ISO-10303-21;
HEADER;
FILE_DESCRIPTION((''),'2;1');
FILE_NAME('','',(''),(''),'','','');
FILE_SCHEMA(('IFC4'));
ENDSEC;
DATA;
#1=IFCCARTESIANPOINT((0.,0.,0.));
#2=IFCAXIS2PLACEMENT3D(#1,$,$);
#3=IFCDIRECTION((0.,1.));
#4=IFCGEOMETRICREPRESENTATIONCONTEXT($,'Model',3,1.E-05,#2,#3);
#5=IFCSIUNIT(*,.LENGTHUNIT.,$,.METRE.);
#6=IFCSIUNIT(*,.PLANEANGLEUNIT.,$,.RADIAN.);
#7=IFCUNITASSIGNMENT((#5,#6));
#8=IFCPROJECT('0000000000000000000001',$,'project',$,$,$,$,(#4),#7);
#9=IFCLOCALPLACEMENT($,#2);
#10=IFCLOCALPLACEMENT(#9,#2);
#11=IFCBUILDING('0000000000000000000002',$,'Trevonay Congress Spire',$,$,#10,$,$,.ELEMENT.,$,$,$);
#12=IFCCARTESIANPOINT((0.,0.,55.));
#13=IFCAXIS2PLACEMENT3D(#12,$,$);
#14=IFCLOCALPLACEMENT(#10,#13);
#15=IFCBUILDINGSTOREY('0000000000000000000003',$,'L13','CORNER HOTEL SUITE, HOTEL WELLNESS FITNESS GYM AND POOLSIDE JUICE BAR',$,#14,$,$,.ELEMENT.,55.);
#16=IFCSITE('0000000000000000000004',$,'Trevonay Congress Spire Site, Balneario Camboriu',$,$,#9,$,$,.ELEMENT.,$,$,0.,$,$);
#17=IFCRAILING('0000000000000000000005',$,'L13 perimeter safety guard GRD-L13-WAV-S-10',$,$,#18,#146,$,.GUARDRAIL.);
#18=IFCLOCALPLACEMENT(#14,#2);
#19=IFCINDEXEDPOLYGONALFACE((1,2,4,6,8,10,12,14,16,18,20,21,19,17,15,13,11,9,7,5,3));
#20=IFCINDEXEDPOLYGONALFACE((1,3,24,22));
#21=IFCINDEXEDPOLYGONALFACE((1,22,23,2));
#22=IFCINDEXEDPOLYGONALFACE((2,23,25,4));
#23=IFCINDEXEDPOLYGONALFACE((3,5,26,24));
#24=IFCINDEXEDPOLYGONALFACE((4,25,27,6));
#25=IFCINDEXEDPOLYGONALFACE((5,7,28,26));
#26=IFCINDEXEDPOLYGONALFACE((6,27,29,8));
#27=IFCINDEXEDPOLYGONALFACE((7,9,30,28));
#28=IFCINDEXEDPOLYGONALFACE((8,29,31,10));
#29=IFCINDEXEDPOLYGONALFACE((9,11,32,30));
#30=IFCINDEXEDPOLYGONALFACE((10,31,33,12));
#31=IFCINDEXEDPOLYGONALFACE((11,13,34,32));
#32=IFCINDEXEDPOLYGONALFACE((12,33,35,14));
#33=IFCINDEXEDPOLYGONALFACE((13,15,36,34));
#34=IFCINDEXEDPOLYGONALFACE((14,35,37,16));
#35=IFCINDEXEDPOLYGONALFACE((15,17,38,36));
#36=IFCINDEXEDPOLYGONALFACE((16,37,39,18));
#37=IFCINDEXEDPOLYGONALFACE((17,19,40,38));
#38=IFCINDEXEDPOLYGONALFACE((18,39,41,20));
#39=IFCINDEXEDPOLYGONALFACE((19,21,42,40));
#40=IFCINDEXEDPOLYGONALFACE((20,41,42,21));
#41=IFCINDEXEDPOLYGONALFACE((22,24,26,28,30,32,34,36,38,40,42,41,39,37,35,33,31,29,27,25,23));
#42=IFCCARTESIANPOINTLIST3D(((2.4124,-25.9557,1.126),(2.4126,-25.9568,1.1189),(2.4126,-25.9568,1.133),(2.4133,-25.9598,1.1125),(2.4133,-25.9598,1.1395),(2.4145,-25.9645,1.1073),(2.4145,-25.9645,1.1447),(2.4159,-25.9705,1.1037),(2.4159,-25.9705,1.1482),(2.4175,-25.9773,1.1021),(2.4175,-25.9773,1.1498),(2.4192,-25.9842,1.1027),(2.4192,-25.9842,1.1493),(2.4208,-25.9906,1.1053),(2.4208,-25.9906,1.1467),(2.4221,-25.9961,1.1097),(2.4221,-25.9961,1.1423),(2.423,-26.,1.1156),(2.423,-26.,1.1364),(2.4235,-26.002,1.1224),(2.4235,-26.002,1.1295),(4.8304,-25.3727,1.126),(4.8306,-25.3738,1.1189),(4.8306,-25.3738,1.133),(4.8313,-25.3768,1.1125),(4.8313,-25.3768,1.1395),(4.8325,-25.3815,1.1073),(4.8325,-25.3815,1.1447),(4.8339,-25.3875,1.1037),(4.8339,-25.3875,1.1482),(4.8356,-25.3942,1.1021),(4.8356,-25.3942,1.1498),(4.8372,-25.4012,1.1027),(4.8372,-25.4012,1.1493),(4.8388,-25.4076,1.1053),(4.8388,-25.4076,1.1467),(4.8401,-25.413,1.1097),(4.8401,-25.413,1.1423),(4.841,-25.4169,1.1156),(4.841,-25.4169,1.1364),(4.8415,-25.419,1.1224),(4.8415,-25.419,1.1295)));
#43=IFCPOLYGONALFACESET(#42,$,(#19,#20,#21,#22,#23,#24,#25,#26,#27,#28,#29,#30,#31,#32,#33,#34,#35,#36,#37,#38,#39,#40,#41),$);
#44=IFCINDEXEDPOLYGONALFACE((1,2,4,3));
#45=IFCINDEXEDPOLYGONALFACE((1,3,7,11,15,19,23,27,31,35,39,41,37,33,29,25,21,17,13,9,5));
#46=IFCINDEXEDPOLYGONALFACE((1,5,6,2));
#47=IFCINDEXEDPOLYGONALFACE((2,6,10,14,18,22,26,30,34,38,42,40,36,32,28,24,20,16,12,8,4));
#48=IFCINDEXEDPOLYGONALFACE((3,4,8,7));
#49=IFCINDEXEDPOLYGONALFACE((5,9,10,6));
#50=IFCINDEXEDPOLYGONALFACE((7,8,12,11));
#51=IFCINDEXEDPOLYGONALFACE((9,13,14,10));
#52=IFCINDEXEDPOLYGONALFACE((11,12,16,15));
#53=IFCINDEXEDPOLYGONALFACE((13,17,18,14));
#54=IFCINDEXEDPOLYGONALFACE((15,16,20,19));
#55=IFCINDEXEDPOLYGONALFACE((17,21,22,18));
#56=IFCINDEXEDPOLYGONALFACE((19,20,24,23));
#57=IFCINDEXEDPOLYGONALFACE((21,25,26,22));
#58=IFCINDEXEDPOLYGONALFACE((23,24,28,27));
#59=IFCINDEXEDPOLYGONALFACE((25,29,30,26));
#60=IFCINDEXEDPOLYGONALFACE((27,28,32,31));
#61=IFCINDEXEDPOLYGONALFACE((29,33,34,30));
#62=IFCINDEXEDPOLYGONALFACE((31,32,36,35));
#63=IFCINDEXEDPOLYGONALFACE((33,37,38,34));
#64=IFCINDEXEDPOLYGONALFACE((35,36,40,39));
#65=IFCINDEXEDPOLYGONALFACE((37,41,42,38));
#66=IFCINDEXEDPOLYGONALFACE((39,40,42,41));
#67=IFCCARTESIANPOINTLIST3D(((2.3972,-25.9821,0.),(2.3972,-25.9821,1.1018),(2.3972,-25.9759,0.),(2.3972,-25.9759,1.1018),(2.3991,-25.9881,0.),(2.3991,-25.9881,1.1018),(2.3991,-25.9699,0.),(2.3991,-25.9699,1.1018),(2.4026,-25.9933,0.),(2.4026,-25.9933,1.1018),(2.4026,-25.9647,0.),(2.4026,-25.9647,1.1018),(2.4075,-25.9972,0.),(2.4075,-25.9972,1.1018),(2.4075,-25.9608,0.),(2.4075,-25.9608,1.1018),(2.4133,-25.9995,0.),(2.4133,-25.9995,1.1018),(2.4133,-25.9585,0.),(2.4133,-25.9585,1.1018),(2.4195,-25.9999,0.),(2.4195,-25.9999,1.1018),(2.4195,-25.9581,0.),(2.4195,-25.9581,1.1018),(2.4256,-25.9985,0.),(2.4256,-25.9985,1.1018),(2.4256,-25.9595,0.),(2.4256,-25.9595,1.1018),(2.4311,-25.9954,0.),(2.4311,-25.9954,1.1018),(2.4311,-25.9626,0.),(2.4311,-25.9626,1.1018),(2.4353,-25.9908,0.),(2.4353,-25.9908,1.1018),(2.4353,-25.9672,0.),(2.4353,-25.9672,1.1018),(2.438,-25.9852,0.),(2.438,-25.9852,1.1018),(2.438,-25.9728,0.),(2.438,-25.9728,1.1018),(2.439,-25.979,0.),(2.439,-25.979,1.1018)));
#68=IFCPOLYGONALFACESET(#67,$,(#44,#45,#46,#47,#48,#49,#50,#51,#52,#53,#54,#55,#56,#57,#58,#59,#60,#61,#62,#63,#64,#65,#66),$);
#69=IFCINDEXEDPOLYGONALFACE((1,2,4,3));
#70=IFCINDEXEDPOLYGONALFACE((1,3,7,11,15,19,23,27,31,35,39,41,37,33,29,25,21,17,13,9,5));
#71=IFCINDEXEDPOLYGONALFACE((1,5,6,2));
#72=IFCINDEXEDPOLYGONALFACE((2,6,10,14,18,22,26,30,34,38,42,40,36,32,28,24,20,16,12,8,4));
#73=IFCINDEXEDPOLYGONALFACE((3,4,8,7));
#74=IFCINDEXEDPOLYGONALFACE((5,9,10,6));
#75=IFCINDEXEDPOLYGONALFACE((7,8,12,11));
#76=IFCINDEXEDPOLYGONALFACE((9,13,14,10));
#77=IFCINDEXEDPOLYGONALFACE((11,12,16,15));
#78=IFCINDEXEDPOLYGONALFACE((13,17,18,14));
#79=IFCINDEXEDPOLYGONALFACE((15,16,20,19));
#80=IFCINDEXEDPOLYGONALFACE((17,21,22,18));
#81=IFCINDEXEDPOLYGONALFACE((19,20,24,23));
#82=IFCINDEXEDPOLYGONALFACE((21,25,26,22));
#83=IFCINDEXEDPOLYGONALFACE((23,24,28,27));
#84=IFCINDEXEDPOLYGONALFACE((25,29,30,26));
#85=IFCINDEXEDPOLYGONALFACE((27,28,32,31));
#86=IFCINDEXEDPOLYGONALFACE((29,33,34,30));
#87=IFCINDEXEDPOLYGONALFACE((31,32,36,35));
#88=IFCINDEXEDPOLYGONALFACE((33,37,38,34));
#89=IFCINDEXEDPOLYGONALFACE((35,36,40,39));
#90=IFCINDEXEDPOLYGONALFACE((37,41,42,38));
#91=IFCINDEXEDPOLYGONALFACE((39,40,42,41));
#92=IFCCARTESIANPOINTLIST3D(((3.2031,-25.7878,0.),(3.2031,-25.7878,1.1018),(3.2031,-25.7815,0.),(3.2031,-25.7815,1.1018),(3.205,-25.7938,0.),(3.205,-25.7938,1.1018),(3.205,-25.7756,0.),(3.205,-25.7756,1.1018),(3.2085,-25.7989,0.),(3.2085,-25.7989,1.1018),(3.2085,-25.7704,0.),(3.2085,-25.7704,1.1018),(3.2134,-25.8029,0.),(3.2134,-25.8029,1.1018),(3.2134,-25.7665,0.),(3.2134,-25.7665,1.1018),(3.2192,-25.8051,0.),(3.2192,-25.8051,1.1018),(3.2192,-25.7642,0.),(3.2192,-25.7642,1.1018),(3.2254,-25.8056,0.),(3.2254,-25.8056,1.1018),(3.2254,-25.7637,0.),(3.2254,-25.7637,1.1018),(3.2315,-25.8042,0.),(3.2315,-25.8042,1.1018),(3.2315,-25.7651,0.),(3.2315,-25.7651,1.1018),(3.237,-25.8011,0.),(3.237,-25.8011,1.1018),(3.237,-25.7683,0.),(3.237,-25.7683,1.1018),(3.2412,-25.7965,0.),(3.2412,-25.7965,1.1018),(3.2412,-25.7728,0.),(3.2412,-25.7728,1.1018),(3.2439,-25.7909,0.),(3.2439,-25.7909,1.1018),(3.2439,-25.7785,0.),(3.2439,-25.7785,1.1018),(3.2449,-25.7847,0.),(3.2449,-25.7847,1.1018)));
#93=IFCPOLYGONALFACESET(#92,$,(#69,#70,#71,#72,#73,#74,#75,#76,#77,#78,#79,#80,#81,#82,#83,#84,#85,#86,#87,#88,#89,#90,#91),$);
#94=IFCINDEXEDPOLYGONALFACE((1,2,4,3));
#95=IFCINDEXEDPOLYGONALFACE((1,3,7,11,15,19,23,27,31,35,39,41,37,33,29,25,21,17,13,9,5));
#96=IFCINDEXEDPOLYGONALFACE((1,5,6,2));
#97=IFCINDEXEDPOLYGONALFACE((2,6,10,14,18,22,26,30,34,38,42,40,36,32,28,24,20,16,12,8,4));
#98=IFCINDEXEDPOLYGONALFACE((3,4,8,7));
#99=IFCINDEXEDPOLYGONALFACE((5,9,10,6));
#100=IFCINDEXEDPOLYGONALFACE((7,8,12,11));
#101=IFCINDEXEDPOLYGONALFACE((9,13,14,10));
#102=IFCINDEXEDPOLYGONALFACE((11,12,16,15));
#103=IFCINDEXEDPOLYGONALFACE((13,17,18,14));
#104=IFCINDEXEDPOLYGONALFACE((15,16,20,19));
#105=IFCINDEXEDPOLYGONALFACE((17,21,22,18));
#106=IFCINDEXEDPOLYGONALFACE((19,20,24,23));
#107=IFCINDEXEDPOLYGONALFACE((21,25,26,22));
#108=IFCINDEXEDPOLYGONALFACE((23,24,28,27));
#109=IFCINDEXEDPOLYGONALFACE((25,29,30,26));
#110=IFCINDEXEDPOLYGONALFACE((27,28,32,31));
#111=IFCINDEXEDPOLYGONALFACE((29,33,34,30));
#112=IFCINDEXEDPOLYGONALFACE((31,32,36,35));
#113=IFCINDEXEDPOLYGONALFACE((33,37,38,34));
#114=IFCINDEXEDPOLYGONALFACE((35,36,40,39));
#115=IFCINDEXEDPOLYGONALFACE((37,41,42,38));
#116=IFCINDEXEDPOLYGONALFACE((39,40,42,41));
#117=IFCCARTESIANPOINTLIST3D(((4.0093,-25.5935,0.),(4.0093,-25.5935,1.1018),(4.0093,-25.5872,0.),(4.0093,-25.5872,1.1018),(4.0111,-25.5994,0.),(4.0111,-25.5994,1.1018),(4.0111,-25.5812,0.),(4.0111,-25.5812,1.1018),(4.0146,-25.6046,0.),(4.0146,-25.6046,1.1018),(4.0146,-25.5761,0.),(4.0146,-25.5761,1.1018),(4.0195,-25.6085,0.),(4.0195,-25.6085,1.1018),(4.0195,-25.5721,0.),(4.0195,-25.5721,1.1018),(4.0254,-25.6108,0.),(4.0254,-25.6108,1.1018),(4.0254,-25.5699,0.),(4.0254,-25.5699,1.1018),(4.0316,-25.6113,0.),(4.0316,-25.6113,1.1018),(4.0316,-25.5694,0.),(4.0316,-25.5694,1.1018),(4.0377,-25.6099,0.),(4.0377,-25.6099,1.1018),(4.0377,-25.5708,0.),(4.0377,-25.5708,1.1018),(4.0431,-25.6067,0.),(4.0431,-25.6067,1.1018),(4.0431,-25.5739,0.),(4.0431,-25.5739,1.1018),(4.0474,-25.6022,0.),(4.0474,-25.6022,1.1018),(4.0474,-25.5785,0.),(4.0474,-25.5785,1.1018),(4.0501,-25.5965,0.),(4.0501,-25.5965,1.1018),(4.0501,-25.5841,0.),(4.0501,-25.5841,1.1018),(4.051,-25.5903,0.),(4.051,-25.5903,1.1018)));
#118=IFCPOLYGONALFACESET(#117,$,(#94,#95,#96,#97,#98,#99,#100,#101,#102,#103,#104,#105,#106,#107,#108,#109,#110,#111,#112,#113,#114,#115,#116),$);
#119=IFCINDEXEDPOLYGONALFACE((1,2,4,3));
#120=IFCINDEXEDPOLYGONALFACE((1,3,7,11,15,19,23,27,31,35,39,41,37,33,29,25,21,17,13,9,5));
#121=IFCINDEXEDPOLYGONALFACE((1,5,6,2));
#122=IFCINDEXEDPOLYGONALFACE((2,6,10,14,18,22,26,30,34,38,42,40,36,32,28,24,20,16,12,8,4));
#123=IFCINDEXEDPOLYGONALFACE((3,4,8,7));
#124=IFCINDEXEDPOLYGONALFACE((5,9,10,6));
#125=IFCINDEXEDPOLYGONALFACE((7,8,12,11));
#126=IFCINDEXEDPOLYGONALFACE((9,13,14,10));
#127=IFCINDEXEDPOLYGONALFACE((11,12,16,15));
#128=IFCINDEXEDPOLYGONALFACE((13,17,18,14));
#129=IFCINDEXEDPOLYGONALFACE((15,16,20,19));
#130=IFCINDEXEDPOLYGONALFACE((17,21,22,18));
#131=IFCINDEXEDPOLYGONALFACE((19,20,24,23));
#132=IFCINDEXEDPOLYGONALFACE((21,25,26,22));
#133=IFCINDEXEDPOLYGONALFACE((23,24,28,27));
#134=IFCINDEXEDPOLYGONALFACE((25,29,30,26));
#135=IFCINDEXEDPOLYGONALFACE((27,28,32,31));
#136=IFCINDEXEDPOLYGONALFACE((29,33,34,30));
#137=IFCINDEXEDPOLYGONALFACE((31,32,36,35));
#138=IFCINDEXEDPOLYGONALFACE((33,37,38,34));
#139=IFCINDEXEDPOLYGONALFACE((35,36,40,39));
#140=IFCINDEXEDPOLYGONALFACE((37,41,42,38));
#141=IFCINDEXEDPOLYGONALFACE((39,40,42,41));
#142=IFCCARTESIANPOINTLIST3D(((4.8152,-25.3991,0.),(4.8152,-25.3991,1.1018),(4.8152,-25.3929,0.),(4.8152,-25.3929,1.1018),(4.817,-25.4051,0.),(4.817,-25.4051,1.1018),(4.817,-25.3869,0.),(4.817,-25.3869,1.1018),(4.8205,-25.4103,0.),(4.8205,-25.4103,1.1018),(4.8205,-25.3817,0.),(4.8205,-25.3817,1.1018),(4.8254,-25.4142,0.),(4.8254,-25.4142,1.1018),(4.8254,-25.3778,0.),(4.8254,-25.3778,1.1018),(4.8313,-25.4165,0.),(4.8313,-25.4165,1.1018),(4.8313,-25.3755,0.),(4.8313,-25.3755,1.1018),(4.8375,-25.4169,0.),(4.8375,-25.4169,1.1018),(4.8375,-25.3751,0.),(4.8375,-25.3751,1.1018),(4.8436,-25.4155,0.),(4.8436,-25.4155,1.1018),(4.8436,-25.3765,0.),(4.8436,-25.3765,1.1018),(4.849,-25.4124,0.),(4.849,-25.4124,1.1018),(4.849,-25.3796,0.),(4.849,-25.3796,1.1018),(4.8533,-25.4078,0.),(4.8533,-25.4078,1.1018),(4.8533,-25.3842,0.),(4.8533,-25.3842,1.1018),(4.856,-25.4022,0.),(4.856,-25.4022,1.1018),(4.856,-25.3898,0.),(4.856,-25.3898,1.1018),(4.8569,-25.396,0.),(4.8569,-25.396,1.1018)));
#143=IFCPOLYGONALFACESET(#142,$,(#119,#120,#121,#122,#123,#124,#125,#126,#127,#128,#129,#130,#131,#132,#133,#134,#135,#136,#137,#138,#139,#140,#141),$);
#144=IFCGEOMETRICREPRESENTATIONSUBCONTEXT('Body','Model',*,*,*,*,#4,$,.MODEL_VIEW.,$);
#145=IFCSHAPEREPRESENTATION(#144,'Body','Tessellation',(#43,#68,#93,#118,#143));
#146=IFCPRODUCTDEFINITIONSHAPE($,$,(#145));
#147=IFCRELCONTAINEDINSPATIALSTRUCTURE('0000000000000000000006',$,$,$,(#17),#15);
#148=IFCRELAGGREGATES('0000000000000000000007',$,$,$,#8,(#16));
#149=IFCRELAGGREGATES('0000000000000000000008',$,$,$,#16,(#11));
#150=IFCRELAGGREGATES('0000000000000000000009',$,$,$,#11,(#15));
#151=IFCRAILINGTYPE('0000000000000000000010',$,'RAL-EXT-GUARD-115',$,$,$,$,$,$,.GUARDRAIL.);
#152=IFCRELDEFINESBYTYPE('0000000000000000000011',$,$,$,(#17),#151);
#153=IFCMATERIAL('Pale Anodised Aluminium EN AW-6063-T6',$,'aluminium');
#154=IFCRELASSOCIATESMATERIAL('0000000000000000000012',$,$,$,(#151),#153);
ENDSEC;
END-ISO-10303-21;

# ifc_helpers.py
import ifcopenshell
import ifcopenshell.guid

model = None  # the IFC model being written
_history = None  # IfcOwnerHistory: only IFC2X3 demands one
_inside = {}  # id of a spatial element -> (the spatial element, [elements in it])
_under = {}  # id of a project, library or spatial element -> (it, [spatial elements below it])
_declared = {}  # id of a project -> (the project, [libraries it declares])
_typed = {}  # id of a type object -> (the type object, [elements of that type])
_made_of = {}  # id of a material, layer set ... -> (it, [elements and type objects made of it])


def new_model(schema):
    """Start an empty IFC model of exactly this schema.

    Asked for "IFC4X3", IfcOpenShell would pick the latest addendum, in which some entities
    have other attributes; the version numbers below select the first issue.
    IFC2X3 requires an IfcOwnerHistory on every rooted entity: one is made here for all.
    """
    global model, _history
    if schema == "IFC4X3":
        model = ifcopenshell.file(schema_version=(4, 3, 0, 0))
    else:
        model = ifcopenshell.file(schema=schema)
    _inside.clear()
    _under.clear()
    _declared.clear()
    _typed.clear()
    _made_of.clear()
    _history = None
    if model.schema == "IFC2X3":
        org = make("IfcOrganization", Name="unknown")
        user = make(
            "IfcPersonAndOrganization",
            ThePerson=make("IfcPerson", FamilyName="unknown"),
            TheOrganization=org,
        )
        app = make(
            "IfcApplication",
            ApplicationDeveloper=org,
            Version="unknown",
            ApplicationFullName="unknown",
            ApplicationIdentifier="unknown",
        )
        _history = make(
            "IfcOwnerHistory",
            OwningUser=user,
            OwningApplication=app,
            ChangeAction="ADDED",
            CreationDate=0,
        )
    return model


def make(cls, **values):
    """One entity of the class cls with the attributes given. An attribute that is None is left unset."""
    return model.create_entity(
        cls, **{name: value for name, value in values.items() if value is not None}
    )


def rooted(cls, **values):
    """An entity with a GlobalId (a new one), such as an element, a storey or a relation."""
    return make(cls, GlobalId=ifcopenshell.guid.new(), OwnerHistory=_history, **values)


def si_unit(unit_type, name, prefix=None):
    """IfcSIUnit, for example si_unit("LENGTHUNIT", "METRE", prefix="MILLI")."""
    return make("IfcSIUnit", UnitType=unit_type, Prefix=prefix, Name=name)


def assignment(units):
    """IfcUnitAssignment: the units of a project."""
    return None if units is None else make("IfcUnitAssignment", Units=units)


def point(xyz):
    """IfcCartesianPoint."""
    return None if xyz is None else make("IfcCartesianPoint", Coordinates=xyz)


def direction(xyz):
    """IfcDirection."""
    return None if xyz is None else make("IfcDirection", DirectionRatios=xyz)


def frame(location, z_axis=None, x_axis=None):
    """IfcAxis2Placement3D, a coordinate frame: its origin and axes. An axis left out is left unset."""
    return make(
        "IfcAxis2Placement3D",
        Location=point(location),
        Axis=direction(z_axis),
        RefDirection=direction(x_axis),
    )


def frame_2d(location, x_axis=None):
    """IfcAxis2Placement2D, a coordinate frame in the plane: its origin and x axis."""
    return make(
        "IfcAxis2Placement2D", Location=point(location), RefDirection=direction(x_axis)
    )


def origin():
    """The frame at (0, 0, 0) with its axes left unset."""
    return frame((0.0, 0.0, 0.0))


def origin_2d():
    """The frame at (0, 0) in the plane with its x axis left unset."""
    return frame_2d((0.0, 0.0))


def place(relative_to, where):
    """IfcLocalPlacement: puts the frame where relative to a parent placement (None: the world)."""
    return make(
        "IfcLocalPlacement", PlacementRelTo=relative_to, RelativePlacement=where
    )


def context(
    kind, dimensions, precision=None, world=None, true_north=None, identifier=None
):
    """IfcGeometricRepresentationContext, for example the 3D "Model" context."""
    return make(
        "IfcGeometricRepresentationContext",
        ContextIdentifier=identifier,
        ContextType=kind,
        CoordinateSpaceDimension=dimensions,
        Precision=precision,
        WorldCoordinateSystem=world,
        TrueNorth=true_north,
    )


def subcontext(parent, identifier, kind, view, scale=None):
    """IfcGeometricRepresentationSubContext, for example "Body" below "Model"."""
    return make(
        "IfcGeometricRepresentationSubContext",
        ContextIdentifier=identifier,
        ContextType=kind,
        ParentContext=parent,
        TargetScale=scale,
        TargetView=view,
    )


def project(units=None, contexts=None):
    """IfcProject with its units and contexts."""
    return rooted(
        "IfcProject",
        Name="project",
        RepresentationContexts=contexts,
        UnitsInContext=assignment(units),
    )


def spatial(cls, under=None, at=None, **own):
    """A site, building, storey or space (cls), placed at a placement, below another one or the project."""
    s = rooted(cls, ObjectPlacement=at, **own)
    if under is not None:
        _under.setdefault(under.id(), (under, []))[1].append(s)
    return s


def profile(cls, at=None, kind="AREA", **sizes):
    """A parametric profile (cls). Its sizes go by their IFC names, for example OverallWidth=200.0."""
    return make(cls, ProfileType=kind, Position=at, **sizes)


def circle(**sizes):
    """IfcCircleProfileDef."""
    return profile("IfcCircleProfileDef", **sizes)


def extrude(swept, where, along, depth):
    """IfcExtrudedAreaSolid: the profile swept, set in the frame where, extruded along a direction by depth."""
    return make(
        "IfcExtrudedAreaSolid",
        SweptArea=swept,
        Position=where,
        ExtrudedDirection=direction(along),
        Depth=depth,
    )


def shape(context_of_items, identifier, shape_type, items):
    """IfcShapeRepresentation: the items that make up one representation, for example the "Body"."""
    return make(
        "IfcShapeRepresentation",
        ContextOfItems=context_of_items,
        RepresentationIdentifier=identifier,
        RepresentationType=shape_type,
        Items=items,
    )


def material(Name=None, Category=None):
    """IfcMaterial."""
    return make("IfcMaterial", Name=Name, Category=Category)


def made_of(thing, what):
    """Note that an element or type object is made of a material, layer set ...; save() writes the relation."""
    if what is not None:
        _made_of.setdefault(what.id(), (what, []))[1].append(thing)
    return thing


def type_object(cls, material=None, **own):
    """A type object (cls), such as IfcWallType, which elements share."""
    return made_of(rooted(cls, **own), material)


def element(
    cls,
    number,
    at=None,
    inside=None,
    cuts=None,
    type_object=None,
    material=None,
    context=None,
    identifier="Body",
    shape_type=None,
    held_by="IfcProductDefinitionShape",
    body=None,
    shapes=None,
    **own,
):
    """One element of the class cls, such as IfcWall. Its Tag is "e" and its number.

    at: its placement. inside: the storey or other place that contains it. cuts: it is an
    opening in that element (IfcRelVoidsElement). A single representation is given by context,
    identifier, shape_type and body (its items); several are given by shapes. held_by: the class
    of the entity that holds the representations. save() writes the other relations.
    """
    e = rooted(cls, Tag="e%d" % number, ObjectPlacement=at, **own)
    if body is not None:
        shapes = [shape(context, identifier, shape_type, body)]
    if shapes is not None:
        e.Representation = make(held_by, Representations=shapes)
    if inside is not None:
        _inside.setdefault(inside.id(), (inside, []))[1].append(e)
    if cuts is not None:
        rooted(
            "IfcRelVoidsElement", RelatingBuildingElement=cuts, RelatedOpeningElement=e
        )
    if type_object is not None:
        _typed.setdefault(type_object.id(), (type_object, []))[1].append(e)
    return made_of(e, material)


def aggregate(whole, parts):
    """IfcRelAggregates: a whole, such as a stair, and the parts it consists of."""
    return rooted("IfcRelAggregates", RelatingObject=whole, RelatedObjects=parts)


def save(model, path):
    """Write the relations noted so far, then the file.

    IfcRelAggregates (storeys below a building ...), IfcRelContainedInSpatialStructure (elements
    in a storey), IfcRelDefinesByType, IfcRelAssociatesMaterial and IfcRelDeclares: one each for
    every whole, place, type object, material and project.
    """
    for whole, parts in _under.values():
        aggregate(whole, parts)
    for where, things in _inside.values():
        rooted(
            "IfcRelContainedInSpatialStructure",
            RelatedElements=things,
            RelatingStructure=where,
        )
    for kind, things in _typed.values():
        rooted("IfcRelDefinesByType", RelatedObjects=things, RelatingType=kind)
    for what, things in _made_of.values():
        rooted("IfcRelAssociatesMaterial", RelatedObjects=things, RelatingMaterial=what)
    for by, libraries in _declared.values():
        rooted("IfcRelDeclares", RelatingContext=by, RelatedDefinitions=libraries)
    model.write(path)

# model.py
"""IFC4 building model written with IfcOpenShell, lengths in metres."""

from ifc_helpers import new_model, si_unit, direction, frame, origin, origin_2d, place, context, subcontext, project, spatial, circle, extrude, material, type_object, element, save


model = new_model("IFC4")

# Units and contexts
model_context = context("Model", 3, precision=1e-05, world=origin(), true_north=direction((0.0, 1.0)))
body_context = subcontext(model_context, "Body", "Model", "MODEL_VIEW")
ifc_project = project(units=[si_unit("LENGTHUNIT", "METRE"), si_unit("PLANEANGLEUNIT", "RADIAN")], contexts=[model_context])

# Site, building, storey
site_placement = place(None, origin())
site = spatial("IfcSite", under=ifc_project, at=site_placement, Name="Trevonay Congress Spire Site, Balneario Camboriu", CompositionType="ELEMENT", RefElevation=0.0)
building_placement = place(site_placement, origin())
building = spatial("IfcBuilding", under=site, at=building_placement, Name="Trevonay Congress Spire", CompositionType="ELEMENT")
storey_placement = place(building_placement, frame((0.0, 0.0, 55.0)))
storey = spatial("IfcBuildingStorey", under=building, at=storey_placement, Name="L13", Description="CORNER HOTEL SUITE, HOTEL WELLNESS FITNESS GYM AND POOLSIDE JUICE BAR", CompositionType="ELEMENT", Elevation=55.0)

# Shared definitions
ifc_material_1 = material(Name="Pale Anodised Aluminium EN AW-6063-T6", Category="aluminium")

# Railing
railing_type = type_object("IfcRailingType", Name="RAL-EXT-GUARD-115", PredefinedType="GUARDRAIL", material=ifc_material_1)
railing_1_placement = place(storey_placement, frame((2.418, -25.979, 0.0)))
element("IfcRailing", 1, at=railing_1_placement, inside=storey, type_object=railing_type, Name="L13 perimeter safety guard GRD-L13-WAV-S-10", PredefinedType="GUARDRAIL", context=body_context, shape_type="SweptSolid", body=[
    extrude(circle(Radius=0.0239, at=origin_2d()), frame((0.0, 0.0, 1.126), z_axis=(0.972141, 0.234397, 0.0), x_axis=(-0.234397, 0.972141, 0.0)), (0.0, 0.0, 1.0), 2.4873),
    extrude(circle(Radius=0.021, at=origin_2d()), origin(), (0.0, 0.0, 1.0), 1.1018),
    extrude(circle(Radius=0.021, at=origin_2d()), frame((0.8059, 0.1943, 0.0)), (0.0, 0.0, 1.0), 1.1018),
    extrude(circle(Radius=0.021, at=origin_2d()), frame((1.6121, 0.3887, 0.0)), (0.0, 0.0, 1.0), 1.1018),
    extrude(circle(Radius=0.021, at=origin_2d()), frame((2.418, 0.583, 0.0)), (0.0, 0.0, 1.0), 1.1018),
])

save(model, "model.ifc")
